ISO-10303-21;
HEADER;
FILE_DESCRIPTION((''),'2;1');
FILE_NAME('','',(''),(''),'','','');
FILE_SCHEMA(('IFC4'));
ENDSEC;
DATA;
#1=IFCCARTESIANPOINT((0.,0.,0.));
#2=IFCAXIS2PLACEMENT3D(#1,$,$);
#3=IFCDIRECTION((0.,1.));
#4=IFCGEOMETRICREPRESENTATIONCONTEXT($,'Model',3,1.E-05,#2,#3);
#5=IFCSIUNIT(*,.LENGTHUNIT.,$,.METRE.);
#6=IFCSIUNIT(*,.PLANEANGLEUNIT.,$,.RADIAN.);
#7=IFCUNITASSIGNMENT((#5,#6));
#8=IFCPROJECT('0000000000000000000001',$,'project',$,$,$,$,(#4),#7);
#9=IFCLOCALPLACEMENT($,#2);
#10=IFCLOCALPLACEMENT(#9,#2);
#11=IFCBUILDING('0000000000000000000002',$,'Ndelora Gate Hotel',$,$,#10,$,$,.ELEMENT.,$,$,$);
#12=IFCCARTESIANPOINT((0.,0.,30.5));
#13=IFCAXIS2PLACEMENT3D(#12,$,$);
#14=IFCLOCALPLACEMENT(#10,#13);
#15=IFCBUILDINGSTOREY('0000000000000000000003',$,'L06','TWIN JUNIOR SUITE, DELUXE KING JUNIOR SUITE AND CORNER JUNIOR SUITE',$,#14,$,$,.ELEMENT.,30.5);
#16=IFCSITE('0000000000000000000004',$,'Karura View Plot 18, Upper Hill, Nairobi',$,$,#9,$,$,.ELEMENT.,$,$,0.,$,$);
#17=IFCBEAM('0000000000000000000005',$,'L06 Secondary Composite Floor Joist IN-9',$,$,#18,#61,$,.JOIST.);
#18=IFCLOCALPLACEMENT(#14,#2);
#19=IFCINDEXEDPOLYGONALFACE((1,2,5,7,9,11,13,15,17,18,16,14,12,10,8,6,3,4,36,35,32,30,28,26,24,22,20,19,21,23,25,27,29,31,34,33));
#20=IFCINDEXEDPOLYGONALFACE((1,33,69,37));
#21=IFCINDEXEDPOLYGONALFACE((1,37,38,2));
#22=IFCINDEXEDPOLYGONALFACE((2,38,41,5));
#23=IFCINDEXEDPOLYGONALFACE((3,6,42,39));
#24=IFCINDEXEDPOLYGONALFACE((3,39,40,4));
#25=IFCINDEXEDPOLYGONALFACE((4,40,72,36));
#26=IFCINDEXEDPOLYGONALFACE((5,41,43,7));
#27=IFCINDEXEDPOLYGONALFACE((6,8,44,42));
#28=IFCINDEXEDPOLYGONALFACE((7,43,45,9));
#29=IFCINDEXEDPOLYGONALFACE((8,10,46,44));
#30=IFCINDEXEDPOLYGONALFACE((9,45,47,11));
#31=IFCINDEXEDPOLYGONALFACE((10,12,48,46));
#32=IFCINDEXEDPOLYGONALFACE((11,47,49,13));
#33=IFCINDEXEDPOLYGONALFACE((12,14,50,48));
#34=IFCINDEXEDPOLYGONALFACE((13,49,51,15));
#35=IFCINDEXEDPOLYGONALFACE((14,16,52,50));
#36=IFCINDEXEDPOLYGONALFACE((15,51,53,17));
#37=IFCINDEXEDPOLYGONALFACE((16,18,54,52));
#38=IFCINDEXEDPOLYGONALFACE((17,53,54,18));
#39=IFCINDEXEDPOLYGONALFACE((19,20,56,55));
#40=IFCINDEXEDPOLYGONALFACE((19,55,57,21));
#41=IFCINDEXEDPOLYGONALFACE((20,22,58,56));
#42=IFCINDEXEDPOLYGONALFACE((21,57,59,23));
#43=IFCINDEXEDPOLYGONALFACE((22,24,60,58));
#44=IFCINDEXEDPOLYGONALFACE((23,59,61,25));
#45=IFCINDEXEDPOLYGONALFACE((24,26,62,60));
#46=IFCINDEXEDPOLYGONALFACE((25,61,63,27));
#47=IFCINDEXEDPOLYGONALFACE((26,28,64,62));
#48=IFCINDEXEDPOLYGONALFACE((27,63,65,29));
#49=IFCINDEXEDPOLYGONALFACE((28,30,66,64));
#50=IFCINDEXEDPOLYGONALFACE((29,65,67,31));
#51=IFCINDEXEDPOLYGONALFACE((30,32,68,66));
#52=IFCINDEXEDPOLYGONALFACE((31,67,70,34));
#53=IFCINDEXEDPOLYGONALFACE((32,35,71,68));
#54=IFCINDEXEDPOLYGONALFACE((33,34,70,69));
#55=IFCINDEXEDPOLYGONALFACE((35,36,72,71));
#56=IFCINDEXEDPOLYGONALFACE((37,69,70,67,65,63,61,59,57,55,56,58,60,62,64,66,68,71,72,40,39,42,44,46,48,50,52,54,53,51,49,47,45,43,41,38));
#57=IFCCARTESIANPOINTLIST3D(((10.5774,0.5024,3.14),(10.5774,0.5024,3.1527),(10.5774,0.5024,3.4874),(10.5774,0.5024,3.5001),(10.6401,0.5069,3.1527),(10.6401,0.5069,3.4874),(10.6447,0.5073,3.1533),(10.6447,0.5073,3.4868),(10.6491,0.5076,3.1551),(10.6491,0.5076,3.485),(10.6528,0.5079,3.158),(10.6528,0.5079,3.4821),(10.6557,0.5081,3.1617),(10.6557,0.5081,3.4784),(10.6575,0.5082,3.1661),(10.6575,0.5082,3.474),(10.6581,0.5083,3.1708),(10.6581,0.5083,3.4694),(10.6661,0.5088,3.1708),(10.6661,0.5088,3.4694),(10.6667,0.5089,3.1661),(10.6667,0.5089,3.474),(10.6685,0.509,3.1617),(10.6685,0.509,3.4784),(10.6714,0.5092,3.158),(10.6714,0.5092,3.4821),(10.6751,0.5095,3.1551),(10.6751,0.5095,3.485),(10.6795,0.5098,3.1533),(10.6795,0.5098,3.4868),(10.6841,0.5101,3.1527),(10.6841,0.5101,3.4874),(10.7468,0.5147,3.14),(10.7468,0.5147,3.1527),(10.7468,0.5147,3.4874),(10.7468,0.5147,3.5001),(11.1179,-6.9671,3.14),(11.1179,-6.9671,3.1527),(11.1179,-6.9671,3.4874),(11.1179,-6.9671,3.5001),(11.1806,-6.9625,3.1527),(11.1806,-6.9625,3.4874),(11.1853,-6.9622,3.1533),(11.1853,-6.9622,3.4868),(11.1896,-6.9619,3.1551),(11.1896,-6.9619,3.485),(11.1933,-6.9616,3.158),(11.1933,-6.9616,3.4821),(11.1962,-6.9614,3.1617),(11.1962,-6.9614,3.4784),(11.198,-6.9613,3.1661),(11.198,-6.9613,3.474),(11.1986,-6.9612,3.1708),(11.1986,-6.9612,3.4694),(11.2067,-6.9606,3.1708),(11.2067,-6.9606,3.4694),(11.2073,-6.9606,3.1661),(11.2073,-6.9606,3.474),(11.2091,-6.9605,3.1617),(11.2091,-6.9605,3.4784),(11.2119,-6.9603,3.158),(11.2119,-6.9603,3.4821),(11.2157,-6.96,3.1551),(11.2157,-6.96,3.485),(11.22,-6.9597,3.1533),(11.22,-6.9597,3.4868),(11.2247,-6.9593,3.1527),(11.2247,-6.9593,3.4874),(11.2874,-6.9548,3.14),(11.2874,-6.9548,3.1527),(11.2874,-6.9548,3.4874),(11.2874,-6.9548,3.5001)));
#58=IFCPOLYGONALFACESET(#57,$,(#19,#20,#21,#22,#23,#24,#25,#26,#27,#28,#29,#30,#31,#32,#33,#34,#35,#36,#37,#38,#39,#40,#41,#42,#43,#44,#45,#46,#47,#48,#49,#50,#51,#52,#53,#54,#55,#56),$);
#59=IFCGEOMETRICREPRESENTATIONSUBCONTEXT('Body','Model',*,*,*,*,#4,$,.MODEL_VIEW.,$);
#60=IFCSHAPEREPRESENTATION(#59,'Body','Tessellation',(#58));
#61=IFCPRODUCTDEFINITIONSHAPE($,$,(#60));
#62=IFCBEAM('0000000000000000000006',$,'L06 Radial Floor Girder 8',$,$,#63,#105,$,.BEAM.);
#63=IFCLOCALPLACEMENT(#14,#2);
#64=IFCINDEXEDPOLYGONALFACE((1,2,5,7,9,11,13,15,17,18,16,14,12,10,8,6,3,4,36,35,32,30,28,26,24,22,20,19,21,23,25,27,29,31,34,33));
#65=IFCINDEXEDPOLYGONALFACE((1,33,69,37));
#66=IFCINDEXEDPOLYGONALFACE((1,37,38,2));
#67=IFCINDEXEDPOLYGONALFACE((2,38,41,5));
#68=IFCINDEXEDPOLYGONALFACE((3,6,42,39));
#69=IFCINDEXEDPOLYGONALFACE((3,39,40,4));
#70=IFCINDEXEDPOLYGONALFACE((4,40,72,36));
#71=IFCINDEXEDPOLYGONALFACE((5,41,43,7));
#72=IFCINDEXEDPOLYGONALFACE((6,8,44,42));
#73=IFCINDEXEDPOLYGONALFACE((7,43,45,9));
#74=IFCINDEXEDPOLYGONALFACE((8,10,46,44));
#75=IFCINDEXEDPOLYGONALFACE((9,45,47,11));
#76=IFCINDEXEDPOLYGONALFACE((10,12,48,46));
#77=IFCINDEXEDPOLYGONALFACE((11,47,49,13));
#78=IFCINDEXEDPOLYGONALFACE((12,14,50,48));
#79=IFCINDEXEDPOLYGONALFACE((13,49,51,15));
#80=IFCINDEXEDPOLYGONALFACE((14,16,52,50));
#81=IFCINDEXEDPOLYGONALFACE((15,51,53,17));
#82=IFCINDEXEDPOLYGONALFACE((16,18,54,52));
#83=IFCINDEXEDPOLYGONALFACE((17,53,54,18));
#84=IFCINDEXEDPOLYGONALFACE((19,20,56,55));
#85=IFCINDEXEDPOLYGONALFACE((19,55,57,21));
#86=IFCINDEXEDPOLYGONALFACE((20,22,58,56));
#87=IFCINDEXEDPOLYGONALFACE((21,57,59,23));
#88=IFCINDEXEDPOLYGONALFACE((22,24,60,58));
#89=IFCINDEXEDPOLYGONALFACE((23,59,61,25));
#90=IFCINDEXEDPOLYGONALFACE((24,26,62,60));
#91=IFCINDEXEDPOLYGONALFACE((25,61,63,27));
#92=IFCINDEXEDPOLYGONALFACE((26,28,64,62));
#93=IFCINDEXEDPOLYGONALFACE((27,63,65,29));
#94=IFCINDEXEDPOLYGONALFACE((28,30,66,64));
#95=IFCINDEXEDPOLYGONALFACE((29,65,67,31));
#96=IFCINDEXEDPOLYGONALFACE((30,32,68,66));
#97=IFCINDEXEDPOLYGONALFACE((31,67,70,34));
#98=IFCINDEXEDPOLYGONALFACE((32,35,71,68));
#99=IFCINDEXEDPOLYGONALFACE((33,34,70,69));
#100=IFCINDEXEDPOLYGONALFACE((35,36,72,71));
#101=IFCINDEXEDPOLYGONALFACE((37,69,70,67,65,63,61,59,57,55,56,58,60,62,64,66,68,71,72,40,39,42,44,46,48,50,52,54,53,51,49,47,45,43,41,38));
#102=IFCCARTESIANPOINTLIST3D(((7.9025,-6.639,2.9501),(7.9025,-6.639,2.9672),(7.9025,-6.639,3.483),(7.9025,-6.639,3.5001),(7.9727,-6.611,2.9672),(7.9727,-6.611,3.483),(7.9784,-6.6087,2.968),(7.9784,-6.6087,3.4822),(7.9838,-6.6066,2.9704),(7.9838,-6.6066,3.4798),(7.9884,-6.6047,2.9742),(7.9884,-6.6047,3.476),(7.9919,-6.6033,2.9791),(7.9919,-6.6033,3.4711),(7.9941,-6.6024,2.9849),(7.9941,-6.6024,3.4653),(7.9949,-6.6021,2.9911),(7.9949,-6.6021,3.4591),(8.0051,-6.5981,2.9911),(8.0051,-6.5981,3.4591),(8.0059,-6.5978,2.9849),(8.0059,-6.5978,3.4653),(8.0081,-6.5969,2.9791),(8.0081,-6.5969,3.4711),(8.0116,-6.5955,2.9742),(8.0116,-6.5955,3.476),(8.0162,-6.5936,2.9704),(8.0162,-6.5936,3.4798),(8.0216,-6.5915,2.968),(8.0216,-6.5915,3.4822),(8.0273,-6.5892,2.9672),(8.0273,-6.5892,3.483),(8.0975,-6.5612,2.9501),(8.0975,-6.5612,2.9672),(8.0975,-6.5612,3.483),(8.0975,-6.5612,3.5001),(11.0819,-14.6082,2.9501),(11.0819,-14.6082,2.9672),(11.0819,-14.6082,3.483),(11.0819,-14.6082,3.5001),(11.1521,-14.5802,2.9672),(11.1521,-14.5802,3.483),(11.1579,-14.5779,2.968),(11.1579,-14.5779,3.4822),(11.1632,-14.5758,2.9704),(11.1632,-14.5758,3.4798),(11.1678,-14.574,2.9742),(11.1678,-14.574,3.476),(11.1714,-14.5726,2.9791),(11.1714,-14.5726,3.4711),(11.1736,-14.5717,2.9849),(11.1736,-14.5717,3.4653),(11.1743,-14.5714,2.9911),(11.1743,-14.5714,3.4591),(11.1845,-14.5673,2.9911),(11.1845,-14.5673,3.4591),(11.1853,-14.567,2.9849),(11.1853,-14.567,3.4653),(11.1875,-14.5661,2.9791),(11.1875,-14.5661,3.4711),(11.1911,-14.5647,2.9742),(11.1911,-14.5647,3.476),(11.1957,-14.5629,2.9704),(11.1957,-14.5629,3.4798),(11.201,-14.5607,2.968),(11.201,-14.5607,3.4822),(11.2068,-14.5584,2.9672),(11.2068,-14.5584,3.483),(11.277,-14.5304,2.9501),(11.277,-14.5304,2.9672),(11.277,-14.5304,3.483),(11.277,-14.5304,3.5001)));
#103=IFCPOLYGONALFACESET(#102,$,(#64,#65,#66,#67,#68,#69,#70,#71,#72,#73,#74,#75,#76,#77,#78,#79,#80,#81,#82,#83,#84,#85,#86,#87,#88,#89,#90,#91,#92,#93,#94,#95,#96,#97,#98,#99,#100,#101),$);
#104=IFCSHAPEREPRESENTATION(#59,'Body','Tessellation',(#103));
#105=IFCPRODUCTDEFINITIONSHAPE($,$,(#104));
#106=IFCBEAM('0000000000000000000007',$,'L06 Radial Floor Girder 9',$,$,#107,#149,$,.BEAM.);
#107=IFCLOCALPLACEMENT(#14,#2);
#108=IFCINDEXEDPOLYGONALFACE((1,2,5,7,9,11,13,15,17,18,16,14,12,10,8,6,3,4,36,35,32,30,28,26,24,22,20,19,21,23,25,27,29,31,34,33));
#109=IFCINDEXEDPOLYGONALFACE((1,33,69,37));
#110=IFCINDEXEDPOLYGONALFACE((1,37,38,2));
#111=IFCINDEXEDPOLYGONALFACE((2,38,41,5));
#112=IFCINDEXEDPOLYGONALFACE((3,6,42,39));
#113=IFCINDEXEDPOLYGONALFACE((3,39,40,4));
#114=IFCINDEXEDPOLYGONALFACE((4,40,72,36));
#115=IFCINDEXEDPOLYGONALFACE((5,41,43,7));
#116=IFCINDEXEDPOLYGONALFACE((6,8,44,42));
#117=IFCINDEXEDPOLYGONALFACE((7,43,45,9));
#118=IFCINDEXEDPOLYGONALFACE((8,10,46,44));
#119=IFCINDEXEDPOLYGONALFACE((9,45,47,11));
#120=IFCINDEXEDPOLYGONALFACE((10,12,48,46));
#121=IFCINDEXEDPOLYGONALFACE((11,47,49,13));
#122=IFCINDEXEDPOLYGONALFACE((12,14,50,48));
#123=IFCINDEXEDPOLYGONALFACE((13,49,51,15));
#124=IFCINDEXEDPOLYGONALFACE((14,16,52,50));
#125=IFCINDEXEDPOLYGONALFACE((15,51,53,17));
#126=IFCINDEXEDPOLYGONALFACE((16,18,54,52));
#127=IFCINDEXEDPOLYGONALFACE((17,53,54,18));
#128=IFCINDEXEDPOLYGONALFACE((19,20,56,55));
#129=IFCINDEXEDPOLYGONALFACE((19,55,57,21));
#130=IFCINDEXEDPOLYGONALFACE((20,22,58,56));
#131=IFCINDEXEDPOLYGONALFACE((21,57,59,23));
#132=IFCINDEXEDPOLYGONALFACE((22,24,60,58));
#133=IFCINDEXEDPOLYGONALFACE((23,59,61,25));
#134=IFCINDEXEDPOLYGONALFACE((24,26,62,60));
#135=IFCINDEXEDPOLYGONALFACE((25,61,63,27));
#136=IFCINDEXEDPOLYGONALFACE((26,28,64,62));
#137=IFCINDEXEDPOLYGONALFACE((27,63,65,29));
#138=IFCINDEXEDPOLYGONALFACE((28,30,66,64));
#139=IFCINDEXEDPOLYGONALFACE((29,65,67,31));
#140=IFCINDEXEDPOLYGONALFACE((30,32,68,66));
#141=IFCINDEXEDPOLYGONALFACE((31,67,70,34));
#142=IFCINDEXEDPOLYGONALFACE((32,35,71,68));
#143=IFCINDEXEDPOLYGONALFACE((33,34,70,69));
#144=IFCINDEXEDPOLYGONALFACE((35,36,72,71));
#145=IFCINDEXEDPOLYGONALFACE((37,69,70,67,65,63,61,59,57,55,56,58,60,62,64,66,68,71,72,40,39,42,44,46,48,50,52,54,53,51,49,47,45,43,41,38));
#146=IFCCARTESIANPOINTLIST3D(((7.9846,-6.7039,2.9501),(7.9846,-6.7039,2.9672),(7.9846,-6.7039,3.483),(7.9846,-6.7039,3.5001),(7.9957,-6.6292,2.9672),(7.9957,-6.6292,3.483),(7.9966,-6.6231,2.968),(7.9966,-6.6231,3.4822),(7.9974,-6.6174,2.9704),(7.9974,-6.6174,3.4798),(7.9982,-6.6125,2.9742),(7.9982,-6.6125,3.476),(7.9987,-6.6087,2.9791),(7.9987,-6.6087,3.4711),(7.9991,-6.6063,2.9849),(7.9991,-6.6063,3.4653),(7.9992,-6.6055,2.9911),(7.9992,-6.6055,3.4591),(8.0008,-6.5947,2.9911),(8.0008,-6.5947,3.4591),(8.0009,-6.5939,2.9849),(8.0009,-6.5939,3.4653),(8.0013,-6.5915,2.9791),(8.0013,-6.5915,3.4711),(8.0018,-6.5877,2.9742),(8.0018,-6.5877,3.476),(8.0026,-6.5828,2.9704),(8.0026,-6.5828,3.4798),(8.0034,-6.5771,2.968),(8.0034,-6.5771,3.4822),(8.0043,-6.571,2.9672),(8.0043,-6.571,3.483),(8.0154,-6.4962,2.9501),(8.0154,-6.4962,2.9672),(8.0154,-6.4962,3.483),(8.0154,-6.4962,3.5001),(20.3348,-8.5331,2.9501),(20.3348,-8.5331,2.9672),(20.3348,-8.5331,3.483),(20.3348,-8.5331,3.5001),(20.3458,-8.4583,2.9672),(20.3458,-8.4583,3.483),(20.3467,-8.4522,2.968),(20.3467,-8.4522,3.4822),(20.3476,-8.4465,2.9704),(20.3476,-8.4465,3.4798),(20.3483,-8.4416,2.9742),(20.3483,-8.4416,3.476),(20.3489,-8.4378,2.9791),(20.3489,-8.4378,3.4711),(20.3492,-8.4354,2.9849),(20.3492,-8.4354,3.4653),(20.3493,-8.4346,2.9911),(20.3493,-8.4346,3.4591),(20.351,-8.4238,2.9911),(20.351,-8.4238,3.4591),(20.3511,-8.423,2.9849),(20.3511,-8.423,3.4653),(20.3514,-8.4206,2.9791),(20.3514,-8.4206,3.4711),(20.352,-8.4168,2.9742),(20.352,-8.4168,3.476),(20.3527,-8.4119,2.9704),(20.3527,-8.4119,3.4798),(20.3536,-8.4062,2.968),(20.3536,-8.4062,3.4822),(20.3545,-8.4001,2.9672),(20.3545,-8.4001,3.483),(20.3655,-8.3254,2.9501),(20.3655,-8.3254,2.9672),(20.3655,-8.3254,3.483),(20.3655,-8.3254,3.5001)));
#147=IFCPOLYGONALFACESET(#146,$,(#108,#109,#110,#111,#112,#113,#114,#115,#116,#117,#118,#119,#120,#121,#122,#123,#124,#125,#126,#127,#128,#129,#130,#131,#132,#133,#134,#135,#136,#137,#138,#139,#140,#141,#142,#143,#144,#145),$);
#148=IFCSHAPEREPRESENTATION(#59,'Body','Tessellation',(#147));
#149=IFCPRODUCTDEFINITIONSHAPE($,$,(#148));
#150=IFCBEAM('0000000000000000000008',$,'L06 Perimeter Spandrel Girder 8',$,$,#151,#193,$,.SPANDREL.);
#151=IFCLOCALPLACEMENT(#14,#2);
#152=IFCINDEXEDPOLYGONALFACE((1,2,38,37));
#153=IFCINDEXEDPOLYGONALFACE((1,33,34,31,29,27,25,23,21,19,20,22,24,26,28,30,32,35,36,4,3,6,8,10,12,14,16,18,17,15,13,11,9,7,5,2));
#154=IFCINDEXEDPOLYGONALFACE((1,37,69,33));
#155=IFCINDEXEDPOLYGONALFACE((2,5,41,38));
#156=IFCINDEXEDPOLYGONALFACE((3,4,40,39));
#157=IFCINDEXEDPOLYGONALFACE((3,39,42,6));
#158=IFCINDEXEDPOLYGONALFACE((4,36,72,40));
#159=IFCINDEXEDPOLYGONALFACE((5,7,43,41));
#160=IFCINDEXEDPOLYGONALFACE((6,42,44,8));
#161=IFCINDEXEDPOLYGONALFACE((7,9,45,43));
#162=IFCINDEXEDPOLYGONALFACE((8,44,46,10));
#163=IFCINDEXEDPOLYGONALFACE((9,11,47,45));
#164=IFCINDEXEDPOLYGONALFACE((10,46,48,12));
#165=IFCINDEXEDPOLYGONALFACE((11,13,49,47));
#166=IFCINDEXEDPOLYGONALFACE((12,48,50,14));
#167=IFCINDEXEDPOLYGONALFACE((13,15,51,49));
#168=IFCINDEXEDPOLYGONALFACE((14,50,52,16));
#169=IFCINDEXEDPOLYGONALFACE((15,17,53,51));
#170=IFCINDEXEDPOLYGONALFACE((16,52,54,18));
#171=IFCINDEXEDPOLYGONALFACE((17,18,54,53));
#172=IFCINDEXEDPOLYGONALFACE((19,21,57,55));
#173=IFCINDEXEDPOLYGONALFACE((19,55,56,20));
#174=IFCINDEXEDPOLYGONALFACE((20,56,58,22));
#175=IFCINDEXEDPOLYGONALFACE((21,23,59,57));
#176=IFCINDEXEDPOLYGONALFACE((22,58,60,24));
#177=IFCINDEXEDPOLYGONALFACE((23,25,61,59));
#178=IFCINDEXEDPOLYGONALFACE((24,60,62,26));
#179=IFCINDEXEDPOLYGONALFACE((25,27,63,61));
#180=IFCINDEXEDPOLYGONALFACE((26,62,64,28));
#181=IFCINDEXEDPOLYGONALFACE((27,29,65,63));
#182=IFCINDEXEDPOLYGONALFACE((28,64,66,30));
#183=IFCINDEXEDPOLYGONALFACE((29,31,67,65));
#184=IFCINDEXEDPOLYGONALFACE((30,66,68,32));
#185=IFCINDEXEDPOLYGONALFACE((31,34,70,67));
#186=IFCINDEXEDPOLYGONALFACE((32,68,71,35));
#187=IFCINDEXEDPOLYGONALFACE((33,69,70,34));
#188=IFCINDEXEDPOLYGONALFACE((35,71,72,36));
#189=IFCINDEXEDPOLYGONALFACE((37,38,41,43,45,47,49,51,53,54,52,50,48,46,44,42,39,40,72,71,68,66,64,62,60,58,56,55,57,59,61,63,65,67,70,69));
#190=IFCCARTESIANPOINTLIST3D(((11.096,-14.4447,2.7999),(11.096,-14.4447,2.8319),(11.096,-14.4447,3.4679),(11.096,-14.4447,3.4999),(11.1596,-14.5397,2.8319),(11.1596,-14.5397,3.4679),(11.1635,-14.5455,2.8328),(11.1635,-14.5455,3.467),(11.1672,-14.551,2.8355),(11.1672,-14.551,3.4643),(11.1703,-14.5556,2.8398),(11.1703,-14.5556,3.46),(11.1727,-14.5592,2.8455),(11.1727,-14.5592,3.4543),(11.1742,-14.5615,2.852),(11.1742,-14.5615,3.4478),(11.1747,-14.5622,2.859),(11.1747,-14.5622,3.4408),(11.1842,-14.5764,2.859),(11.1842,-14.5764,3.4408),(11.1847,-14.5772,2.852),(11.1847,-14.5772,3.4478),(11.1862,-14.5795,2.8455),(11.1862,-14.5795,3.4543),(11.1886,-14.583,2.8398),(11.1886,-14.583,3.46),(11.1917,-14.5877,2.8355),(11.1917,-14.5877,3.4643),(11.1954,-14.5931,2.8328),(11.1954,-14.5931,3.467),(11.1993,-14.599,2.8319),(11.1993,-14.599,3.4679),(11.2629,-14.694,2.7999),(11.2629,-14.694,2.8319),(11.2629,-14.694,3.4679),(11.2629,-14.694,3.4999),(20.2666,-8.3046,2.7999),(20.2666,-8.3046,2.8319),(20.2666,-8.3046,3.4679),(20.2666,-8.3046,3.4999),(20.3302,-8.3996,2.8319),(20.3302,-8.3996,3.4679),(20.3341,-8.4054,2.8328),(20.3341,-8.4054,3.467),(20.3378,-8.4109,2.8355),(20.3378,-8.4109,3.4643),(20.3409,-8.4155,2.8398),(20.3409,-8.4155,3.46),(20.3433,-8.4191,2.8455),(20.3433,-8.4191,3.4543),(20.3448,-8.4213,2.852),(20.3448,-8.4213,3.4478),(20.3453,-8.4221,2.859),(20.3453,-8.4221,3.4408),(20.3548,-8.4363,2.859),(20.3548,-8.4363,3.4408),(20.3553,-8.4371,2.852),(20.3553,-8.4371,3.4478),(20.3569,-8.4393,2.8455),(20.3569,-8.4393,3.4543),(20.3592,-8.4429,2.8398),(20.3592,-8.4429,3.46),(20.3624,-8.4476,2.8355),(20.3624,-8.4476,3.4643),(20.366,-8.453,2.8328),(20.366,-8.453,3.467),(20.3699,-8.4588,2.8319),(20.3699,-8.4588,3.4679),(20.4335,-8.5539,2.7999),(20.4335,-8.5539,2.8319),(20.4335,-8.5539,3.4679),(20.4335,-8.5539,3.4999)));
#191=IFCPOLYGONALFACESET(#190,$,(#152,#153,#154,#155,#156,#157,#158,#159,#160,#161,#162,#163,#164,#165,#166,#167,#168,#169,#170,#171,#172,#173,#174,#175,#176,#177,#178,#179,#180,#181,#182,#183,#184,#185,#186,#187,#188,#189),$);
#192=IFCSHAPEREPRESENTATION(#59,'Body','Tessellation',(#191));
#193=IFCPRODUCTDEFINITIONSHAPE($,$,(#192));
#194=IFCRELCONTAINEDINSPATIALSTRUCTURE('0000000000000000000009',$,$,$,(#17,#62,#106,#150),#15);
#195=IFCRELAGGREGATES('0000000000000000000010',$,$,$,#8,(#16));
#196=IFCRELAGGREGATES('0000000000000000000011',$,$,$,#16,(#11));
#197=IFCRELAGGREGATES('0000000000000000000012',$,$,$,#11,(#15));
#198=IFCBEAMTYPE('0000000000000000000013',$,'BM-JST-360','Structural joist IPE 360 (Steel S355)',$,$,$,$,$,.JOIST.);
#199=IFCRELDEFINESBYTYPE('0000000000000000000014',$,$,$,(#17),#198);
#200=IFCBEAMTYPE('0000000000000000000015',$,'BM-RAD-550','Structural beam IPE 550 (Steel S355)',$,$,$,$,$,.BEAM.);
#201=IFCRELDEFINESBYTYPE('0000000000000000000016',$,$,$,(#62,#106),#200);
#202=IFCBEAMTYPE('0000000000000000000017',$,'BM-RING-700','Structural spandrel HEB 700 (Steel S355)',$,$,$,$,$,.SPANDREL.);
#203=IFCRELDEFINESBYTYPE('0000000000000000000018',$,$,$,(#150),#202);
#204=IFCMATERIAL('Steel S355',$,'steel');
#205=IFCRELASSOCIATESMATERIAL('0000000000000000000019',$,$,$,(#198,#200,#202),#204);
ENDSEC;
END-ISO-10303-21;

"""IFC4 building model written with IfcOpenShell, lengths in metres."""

from ifc_helpers import new_model, si_unit, direction, frame, origin, origin_2d, place, context, subcontext, project, spatial, i_section, extrude, material, material_profile, profile_set, type_object, element, save


model = new_model("IFC4")

# Units and contexts
model_context = context("Model", 3, precision=1e-05, world=origin(), true_north=direction((0.0, 1.0)))
body_context = subcontext(model_context, "Body", "Model", "MODEL_VIEW")
ifc_project = project(units=[si_unit("LENGTHUNIT", "METRE"), si_unit("PLANEANGLEUNIT", "RADIAN")], contexts=[model_context])

# Site, building, storey
site_placement = place(None, origin())
site = spatial("IfcSite", under=ifc_project, at=site_placement, Name="Karura View Plot 18, Upper Hill, Nairobi", CompositionType="ELEMENT", RefElevation=0.0)
building_placement = place(site_placement, origin())
building = spatial("IfcBuilding", under=site, at=building_placement, Name="Ndelora Gate Hotel", CompositionType="ELEMENT")
storey_placement = place(building_placement, frame((0.0, 0.0, 30.5)))
storey = spatial("IfcBuildingStorey", under=building, at=storey_placement, Name="L06", Description="TWIN JUNIOR SUITE, DELUXE KING JUNIOR SUITE AND CORNER JUNIOR SUITE", CompositionType="ELEMENT", Elevation=30.5)

# Beams
ifc_material_1 = material(Name="Steel S355", Category="steel")
ifc_material_profile_1 = material_profile(ifc_material_1, i_section(OverallWidth=0.1699, OverallDepth=0.3601, WebThickness=0.0081, FlangeThickness=0.0127, FilletRadius=0.0181, at=origin_2d()), Name="IPE 360")
ifc_profile_set_1 = profile_set([ifc_material_profile_1], Name="Steel S355")
beam_type_1 = type_object("IfcBeamType", Name="BM-JST-360", Description="Structural joist IPE 360 (Steel S355)", PredefinedType="JOIST", material=ifc_profile_set_1)
beam_1_placement = place(storey_placement, frame((11.2026, -6.9609, 3.3201), z_axis=(-0.072176, 0.997392, 0.0), x_axis=(-0.997392, -0.072176, 0.0)))
element("IfcBeam", 1, at=beam_1_placement, inside=storey, type_object=beam_type_1, Name="L06 Secondary Composite Floor Joist IN-9", PredefinedType="JOIST", context=body_context, shape_type="SweptSolid", body=[
    extrude(i_section(OverallWidth=0.1699, OverallDepth=0.3601, WebThickness=0.0081, FlangeThickness=0.0127, FilletRadius=0.0181, at=origin_2d()), origin(), (0.0, 0.0, 1.0), 7.489),
])
ifc_material_profile_2 = material_profile(ifc_material_1, i_section(OverallWidth=0.21, OverallDepth=0.55, WebThickness=0.011, FlangeThickness=0.0171, FilletRadius=0.0239, at=origin_2d()), Name="IPE 550")
ifc_profile_set_2 = profile_set([ifc_material_profile_2], Name="Steel S355")
beam_type_2 = type_object("IfcBeamType", Name="BM-RAD-550", Description="Structural beam IPE 550 (Steel S355)", PredefinedType="BEAM", material=ifc_profile_set_2)
beam_2_placement = place(storey_placement, frame((8.0, -6.6001, 3.2251), z_axis=(0.370561, -0.928808, 0.0), x_axis=(0.928808, 0.370561, 0.0)))
element("IfcBeam", 2, at=beam_2_placement, inside=storey, type_object=beam_type_2, Name="L06 Radial Floor Girder 8", PredefinedType="BEAM", context=body_context, shape_type="SweptSolid", body=[
    extrude(i_section(OverallWidth=0.21, OverallDepth=0.55, WebThickness=0.011, FlangeThickness=0.0171, FilletRadius=0.0239, at=origin_2d()), origin(), (0.0, 0.0, 1.0), 8.5801),
])
beam_3_placement = place(storey_placement, frame((8.0, -6.6001, 3.2251), z_axis=(0.98921, -0.146506, 0.0), x_axis=(0.146506, 0.98921, 0.0)))
element("IfcBeam", 3, at=beam_3_placement, inside=storey, type_object=beam_type_2, Name="L06 Radial Floor Girder 9", PredefinedType="BEAM", context=body_context, shape_type="SweptSolid", body=[
    extrude(i_section(OverallWidth=0.21, OverallDepth=0.55, WebThickness=0.011, FlangeThickness=0.0171, FilletRadius=0.0239, at=origin_2d()), origin(), (0.0, 0.0, 1.0), 12.4849),
])
ifc_material_profile_3 = material_profile(ifc_material_1, i_section(OverallWidth=0.3, OverallDepth=0.7, WebThickness=0.0171, FlangeThickness=0.032, FilletRadius=0.0271, at=origin_2d()), Name="HEB 700")
ifc_profile_set_3 = profile_set([ifc_material_profile_3], Name="Steel S355")
beam_type_3 = type_object("IfcBeamType", Name="BM-RING-700", Description="Structural spandrel HEB 700 (Steel S355)", PredefinedType="SPANDREL", material=ifc_profile_set_3)
beam_4_placement = place(storey_placement, frame((11.1794, -14.5693, 3.1499), z_axis=(0.830946, 0.556353, 0.0), x_axis=(-0.556353, 0.830946, 0.0)))
element("IfcBeam", 4, at=beam_4_placement, inside=storey, type_object=beam_type_3, Name="L06 Perimeter Spandrel Girder 8", PredefinedType="SPANDREL", context=body_context, shape_type="SweptSolid", body=[
    extrude(i_section(OverallWidth=0.3, OverallDepth=0.7, WebThickness=0.0171, FlangeThickness=0.032, FilletRadius=0.0271, at=origin_2d()), origin(), (0.0, 0.0, 1.0), 11.0364),
])

save(model, "model.ifc")
